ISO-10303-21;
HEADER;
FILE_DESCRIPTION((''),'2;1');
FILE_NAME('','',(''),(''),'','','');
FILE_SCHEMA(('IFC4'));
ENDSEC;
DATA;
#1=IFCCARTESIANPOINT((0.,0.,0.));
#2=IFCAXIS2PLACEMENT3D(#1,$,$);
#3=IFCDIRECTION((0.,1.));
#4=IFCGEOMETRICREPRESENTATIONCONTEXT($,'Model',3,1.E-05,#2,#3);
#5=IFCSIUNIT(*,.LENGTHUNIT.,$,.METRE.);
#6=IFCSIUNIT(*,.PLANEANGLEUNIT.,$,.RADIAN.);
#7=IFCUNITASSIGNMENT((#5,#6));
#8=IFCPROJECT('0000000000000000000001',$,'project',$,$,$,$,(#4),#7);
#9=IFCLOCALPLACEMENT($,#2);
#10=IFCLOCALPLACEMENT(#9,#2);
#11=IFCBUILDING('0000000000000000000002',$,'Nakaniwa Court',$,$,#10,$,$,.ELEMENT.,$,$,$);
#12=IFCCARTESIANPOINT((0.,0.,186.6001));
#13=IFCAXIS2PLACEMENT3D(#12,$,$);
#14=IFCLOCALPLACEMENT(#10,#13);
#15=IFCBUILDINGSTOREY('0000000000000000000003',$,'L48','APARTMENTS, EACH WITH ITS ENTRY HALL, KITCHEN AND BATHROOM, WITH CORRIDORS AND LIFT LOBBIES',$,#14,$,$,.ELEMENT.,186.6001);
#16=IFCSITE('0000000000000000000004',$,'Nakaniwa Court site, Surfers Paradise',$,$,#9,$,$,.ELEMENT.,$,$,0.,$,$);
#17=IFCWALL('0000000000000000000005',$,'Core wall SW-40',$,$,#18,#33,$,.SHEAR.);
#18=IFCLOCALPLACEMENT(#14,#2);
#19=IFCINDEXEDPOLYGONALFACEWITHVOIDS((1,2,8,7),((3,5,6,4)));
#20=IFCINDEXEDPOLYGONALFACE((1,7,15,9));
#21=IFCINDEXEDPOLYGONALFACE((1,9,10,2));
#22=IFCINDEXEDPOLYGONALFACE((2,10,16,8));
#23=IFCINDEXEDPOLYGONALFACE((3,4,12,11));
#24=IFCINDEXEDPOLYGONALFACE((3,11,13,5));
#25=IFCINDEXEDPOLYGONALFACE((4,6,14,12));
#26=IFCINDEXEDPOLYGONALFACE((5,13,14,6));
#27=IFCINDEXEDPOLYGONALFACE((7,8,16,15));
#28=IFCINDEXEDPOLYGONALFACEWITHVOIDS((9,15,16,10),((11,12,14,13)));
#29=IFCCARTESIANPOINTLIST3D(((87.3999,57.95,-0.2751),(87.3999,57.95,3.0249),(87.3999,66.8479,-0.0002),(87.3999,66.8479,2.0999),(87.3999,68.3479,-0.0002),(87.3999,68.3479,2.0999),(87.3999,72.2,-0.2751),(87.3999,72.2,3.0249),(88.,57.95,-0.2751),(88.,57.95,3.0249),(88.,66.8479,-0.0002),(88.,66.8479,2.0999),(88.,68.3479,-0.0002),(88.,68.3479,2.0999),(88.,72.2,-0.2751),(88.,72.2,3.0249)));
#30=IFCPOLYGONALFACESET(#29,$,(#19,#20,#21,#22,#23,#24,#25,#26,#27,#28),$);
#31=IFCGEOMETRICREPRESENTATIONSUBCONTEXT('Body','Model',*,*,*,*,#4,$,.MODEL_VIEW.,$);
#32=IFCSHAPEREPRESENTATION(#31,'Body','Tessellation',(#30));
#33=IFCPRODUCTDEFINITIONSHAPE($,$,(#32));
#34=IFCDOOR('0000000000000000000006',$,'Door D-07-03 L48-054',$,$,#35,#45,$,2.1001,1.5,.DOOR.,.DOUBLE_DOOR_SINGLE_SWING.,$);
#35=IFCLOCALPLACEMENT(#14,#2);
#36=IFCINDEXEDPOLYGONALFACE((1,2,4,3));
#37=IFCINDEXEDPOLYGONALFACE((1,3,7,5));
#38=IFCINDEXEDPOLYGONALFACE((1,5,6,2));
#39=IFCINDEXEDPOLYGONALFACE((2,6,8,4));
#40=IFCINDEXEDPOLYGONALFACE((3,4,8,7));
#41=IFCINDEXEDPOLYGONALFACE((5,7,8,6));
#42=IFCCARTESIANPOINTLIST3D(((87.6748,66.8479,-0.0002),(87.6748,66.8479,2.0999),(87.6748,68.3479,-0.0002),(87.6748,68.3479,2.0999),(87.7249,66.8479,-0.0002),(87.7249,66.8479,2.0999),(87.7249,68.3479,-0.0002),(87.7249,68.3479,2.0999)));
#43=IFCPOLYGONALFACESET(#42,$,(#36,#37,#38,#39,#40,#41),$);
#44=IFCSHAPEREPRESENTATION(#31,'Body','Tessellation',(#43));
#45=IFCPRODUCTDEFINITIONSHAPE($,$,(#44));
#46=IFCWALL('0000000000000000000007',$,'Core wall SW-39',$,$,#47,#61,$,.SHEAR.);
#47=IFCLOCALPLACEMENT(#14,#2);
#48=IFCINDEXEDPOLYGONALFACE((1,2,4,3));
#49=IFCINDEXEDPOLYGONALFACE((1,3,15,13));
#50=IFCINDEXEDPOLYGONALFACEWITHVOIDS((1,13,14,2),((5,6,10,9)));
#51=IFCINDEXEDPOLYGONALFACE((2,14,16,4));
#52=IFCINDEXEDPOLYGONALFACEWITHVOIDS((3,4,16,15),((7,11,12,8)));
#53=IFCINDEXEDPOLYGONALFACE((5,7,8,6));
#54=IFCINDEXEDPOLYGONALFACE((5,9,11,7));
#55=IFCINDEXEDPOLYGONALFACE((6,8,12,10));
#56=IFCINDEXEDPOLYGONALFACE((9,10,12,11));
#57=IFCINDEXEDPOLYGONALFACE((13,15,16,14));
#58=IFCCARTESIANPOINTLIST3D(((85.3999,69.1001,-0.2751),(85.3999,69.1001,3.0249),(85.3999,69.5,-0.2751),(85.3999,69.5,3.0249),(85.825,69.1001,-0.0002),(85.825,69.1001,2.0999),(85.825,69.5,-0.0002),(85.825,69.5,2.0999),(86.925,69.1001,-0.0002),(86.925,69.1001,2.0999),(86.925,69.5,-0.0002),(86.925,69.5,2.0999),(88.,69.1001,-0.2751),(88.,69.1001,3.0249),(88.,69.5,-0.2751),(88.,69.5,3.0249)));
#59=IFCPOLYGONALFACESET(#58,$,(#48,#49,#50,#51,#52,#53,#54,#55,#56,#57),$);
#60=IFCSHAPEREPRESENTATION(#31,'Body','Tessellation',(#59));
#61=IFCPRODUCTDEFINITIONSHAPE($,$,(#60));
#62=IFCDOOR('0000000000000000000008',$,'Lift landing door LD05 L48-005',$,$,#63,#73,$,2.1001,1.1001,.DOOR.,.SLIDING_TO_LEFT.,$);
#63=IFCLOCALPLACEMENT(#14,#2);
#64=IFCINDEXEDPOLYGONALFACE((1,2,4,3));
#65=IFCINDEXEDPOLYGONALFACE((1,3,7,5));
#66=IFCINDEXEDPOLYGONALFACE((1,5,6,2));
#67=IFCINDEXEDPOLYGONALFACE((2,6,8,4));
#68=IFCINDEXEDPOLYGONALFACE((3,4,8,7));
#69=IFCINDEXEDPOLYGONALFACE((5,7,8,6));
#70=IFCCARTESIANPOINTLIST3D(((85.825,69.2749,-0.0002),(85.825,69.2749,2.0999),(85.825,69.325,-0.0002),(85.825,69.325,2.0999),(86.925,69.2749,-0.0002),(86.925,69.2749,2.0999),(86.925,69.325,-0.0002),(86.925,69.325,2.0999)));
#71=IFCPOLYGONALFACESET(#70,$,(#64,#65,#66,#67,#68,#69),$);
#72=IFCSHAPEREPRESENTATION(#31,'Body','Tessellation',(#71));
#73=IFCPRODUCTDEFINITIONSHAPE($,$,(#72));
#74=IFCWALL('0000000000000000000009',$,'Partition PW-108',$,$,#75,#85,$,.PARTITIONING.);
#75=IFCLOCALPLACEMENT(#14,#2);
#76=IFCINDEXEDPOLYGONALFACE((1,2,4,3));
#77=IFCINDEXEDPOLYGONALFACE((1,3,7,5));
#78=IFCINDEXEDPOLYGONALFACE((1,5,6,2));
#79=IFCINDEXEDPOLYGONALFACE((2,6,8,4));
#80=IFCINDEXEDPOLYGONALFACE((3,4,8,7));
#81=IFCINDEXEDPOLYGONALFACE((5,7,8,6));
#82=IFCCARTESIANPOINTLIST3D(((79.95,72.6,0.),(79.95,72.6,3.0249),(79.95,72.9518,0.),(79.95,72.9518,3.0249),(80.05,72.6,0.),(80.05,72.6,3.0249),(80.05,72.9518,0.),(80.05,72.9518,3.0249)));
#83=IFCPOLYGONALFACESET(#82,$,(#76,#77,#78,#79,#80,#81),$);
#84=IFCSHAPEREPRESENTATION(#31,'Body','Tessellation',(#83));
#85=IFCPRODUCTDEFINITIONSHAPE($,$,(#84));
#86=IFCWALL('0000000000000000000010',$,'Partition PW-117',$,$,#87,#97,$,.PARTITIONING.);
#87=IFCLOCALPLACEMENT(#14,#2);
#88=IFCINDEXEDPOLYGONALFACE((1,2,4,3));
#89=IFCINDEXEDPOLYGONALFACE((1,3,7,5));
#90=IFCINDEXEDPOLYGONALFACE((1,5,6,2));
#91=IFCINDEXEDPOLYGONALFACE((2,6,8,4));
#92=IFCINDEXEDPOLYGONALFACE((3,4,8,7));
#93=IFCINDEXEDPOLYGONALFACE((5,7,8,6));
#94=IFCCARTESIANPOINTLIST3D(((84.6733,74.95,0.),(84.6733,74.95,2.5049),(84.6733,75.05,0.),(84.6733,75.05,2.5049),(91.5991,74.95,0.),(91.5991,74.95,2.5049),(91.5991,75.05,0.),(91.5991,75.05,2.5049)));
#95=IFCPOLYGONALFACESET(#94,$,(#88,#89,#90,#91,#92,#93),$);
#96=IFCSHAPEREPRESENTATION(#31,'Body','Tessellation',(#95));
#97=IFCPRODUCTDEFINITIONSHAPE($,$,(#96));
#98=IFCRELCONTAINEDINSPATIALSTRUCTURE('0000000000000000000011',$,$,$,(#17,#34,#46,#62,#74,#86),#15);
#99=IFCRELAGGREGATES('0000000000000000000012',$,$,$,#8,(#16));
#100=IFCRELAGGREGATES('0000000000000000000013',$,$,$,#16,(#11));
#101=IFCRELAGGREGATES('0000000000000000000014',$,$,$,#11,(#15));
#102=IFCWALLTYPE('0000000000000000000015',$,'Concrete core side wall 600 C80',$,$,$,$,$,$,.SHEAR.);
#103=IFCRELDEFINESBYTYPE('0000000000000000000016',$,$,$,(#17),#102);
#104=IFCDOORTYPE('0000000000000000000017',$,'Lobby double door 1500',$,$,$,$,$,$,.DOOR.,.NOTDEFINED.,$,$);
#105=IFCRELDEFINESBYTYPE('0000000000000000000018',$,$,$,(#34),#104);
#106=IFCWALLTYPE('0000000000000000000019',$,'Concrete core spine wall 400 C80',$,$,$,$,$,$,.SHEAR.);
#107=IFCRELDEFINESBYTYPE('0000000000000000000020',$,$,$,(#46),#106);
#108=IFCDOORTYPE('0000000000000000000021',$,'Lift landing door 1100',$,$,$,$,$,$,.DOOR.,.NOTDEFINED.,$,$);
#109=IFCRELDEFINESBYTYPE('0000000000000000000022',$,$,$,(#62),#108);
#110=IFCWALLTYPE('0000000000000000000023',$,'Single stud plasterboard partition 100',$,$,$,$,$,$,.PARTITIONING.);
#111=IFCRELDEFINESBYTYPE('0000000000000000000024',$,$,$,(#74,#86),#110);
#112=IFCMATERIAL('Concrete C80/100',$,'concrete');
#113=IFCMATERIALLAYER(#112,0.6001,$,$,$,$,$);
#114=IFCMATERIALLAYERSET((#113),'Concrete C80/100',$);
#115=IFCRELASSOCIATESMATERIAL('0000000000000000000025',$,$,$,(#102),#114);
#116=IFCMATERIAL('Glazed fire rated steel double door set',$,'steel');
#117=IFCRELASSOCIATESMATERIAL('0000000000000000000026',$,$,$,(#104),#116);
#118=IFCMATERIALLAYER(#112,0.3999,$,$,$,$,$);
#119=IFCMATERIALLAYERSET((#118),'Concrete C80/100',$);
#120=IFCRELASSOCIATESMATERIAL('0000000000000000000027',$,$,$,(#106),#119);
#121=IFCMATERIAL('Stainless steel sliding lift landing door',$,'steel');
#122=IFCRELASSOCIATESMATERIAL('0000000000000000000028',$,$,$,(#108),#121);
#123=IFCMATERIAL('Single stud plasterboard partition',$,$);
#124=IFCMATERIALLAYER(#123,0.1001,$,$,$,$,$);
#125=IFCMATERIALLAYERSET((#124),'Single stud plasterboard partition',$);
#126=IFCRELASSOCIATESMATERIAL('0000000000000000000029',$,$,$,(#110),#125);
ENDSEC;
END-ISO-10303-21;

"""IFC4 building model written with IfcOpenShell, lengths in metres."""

from ifc_helpers import new_model, si_unit, direction, frame, frame_2d, origin, place, context, subcontext, project, spatial, rectangle, extrude, material, layer, layer_set, type_object, element, fill, save


model = new_model("IFC4")

# Units and contexts
model_context = context("Model", 3, precision=1e-05, world=origin(), true_north=direction((0.0, 1.0)))
body_context = subcontext(model_context, "Body", "Model", "MODEL_VIEW")
ifc_project = project(units=[si_unit("LENGTHUNIT", "METRE"), si_unit("PLANEANGLEUNIT", "RADIAN")], contexts=[model_context])

# Site, building, storey
site_placement = place(None, origin())
site = spatial("IfcSite", under=ifc_project, at=site_placement, Name="Nakaniwa Court site, Surfers Paradise", CompositionType="ELEMENT", RefElevation=0.0)
building_placement = place(site_placement, origin())
building = spatial("IfcBuilding", under=site, at=building_placement, Name="Nakaniwa Court", CompositionType="ELEMENT")
storey_placement = place(building_placement, frame((0.0, 0.0, 186.6001)))
storey = spatial("IfcBuildingStorey", under=building, at=storey_placement, Name="L48", Description="APARTMENTS, EACH WITH ITS ENTRY HALL, KITCHEN AND BATHROOM, WITH CORRIDORS AND LIFT LOBBIES", CompositionType="ELEMENT", Elevation=186.6001)

# Shared definitions
ifc_material_1 = material(Name="Concrete C80/100", Category="concrete")

# Walls, openings, doors
ifc_layer_1 = layer(ifc_material_1, 0.6001)
ifc_layer_set_1 = layer_set([ifc_layer_1], Name="Concrete C80/100")
wall_type_1 = type_object("IfcWallType", Name="Concrete core side wall 600 C80", PredefinedType="SHEAR", material=ifc_layer_set_1)
wall_1_placement = place(storey_placement, frame((87.7, 72.2, -0.2751), z_axis=(0.0, 0.0, 1.0), x_axis=(0.0, -1.0, 0.0)))
wall_1 = element("IfcWall", 1, at=wall_1_placement, inside=storey, type_object=wall_type_1, Name="Core wall SW-40", PredefinedType="SHEAR", context=body_context, shape_type="SweptSolid", body=[
    extrude(rectangle(XDim=14.25, YDim=0.6001, at=frame_2d((7.125, 0.0))), origin(), (0.0, 0.0, 1.0), 3.3),
])
opening_1_placement = place(wall_1_placement, frame((3.8521, 0.0, 0.2749)))
opening_1 = element("IfcOpeningElement", 2, at=opening_1_placement, cuts=wall_1, PredefinedType="OPENING", context=body_context, shape_type="SweptSolid", body=[
    extrude(rectangle(XDim=1.5, YDim=2.1001, at=frame_2d((0.75, 1.05))), frame((0.0, 0.3101, 0.0), z_axis=(0.0, -1.0, 0.0), x_axis=(1.0, 0.0, 0.0)), (0.0, 0.0, 1.0), 0.6201),
])
ifc_material_2 = material(Name="Glazed fire rated steel double door set", Category="steel")
door_type_1 = type_object("IfcDoorType", Name="Lobby double door 1500", OperationType="NOTDEFINED", PredefinedType="DOOR", material=ifc_material_2)
door_1_placement = place(opening_1_placement, origin())
door_1 = element("IfcDoor", 3, at=door_1_placement, inside=storey, type_object=door_type_1, Name="Door D-07-03 L48-054", OperationType="DOUBLE_DOOR_SINGLE_SWING", OverallHeight=2.1001, OverallWidth=1.5, PredefinedType="DOOR", context=body_context, shape_type="SweptSolid", body=[
    extrude(rectangle(XDim=1.5, YDim=2.1001, at=frame_2d((0.75, 1.05))), frame((0.0, 0.0249, 0.0), z_axis=(0.0, -1.0, 0.0), x_axis=(1.0, 0.0, 0.0)), (0.0, 0.0, 1.0), 0.05),
])
fill(opening_1, door_1)
ifc_layer_2 = layer(ifc_material_1, 0.3999)
ifc_layer_set_2 = layer_set([ifc_layer_2], Name="Concrete C80/100")
wall_type_2 = type_object("IfcWallType", Name="Concrete core spine wall 400 C80", PredefinedType="SHEAR", material=ifc_layer_set_2)
wall_2_placement = place(storey_placement, frame((85.3999, 69.3, -0.2751), z_axis=(0.0, 0.0, 1.0), x_axis=(1.0, 0.0, 0.0)))
wall_2 = element("IfcWall", 4, at=wall_2_placement, inside=storey, type_object=wall_type_2, Name="Core wall SW-39", PredefinedType="SHEAR", context=body_context, shape_type="SweptSolid", body=[
    extrude(rectangle(XDim=2.6001, YDim=0.3999, at=frame_2d((1.3, 0.0))), origin(), (0.0, 0.0, 1.0), 3.3),
])
opening_2_placement = place(wall_2_placement, frame((0.425, 0.0, 0.2749)))
opening_2 = element("IfcOpeningElement", 5, at=opening_2_placement, cuts=wall_2, PredefinedType="OPENING", context=body_context, shape_type="SweptSolid", body=[
    extrude(rectangle(XDim=1.1001, YDim=2.1001, at=frame_2d((0.55, 1.05))), frame((0.0, 0.21, 0.0), z_axis=(0.0, -1.0, 0.0), x_axis=(1.0, 0.0, 0.0)), (0.0, 0.0, 1.0), 0.4199),
])
ifc_material_3 = material(Name="Stainless steel sliding lift landing door", Category="steel")
door_type_2 = type_object("IfcDoorType", Name="Lift landing door 1100", OperationType="NOTDEFINED", PredefinedType="DOOR", material=ifc_material_3)
door_2_placement = place(opening_2_placement, origin())
door_2 = element("IfcDoor", 6, at=door_2_placement, inside=storey, type_object=door_type_2, Name="Lift landing door LD05 L48-005", OperationType="SLIDING_TO_LEFT", OverallHeight=2.1001, OverallWidth=1.1001, PredefinedType="DOOR", context=body_context, shape_type="SweptSolid", body=[
    extrude(rectangle(XDim=1.1001, YDim=2.1001, at=frame_2d((0.55, 1.05))), frame((0.0, 0.0249, 0.0), z_axis=(0.0, -1.0, 0.0), x_axis=(1.0, 0.0, 0.0)), (0.0, 0.0, 1.0), 0.05),
])
fill(opening_2, door_2)

# Walls
ifc_material_4 = material(Name="Single stud plasterboard partition")
ifc_layer_3 = layer(ifc_material_4, 0.1001)
ifc_layer_set_3 = layer_set([ifc_layer_3], Name="Single stud plasterboard partition")
wall_type_3 = type_object("IfcWallType", Name="Single stud plasterboard partition 100", PredefinedType="PARTITIONING", material=ifc_layer_set_3)
wall_3_placement = place(storey_placement, frame((80.0, 72.6001, 0.0), z_axis=(0.0, 0.0, 1.0), x_axis=(0.0, 1.0, 0.0)))
element("IfcWall", 7, at=wall_3_placement, inside=storey, type_object=wall_type_3, Name="Partition PW-108", PredefinedType="PARTITIONING", context=body_context, shape_type="SweptSolid", body=[
    extrude(rectangle(XDim=0.3518, YDim=0.1001, at=frame_2d((0.1758, 0.0))), origin(), (0.0, 0.0, 1.0), 3.0249),
])
wall_4_placement = place(storey_placement, frame((84.6733, 75.0, 0.0), z_axis=(0.0, 0.0, 1.0), x_axis=(1.0, 0.0, 0.0)))
element("IfcWall", 8, at=wall_4_placement, inside=storey, type_object=wall_type_3, Name="Partition PW-117", PredefinedType="PARTITIONING", context=body_context, shape_type="SweptSolid", body=[
    extrude(rectangle(XDim=6.9258, YDim=0.1001, at=frame_2d((3.4629, 0.0))), origin(), (0.0, 0.0, 1.0), 2.5049),
])

save(model, "model.ifc")
